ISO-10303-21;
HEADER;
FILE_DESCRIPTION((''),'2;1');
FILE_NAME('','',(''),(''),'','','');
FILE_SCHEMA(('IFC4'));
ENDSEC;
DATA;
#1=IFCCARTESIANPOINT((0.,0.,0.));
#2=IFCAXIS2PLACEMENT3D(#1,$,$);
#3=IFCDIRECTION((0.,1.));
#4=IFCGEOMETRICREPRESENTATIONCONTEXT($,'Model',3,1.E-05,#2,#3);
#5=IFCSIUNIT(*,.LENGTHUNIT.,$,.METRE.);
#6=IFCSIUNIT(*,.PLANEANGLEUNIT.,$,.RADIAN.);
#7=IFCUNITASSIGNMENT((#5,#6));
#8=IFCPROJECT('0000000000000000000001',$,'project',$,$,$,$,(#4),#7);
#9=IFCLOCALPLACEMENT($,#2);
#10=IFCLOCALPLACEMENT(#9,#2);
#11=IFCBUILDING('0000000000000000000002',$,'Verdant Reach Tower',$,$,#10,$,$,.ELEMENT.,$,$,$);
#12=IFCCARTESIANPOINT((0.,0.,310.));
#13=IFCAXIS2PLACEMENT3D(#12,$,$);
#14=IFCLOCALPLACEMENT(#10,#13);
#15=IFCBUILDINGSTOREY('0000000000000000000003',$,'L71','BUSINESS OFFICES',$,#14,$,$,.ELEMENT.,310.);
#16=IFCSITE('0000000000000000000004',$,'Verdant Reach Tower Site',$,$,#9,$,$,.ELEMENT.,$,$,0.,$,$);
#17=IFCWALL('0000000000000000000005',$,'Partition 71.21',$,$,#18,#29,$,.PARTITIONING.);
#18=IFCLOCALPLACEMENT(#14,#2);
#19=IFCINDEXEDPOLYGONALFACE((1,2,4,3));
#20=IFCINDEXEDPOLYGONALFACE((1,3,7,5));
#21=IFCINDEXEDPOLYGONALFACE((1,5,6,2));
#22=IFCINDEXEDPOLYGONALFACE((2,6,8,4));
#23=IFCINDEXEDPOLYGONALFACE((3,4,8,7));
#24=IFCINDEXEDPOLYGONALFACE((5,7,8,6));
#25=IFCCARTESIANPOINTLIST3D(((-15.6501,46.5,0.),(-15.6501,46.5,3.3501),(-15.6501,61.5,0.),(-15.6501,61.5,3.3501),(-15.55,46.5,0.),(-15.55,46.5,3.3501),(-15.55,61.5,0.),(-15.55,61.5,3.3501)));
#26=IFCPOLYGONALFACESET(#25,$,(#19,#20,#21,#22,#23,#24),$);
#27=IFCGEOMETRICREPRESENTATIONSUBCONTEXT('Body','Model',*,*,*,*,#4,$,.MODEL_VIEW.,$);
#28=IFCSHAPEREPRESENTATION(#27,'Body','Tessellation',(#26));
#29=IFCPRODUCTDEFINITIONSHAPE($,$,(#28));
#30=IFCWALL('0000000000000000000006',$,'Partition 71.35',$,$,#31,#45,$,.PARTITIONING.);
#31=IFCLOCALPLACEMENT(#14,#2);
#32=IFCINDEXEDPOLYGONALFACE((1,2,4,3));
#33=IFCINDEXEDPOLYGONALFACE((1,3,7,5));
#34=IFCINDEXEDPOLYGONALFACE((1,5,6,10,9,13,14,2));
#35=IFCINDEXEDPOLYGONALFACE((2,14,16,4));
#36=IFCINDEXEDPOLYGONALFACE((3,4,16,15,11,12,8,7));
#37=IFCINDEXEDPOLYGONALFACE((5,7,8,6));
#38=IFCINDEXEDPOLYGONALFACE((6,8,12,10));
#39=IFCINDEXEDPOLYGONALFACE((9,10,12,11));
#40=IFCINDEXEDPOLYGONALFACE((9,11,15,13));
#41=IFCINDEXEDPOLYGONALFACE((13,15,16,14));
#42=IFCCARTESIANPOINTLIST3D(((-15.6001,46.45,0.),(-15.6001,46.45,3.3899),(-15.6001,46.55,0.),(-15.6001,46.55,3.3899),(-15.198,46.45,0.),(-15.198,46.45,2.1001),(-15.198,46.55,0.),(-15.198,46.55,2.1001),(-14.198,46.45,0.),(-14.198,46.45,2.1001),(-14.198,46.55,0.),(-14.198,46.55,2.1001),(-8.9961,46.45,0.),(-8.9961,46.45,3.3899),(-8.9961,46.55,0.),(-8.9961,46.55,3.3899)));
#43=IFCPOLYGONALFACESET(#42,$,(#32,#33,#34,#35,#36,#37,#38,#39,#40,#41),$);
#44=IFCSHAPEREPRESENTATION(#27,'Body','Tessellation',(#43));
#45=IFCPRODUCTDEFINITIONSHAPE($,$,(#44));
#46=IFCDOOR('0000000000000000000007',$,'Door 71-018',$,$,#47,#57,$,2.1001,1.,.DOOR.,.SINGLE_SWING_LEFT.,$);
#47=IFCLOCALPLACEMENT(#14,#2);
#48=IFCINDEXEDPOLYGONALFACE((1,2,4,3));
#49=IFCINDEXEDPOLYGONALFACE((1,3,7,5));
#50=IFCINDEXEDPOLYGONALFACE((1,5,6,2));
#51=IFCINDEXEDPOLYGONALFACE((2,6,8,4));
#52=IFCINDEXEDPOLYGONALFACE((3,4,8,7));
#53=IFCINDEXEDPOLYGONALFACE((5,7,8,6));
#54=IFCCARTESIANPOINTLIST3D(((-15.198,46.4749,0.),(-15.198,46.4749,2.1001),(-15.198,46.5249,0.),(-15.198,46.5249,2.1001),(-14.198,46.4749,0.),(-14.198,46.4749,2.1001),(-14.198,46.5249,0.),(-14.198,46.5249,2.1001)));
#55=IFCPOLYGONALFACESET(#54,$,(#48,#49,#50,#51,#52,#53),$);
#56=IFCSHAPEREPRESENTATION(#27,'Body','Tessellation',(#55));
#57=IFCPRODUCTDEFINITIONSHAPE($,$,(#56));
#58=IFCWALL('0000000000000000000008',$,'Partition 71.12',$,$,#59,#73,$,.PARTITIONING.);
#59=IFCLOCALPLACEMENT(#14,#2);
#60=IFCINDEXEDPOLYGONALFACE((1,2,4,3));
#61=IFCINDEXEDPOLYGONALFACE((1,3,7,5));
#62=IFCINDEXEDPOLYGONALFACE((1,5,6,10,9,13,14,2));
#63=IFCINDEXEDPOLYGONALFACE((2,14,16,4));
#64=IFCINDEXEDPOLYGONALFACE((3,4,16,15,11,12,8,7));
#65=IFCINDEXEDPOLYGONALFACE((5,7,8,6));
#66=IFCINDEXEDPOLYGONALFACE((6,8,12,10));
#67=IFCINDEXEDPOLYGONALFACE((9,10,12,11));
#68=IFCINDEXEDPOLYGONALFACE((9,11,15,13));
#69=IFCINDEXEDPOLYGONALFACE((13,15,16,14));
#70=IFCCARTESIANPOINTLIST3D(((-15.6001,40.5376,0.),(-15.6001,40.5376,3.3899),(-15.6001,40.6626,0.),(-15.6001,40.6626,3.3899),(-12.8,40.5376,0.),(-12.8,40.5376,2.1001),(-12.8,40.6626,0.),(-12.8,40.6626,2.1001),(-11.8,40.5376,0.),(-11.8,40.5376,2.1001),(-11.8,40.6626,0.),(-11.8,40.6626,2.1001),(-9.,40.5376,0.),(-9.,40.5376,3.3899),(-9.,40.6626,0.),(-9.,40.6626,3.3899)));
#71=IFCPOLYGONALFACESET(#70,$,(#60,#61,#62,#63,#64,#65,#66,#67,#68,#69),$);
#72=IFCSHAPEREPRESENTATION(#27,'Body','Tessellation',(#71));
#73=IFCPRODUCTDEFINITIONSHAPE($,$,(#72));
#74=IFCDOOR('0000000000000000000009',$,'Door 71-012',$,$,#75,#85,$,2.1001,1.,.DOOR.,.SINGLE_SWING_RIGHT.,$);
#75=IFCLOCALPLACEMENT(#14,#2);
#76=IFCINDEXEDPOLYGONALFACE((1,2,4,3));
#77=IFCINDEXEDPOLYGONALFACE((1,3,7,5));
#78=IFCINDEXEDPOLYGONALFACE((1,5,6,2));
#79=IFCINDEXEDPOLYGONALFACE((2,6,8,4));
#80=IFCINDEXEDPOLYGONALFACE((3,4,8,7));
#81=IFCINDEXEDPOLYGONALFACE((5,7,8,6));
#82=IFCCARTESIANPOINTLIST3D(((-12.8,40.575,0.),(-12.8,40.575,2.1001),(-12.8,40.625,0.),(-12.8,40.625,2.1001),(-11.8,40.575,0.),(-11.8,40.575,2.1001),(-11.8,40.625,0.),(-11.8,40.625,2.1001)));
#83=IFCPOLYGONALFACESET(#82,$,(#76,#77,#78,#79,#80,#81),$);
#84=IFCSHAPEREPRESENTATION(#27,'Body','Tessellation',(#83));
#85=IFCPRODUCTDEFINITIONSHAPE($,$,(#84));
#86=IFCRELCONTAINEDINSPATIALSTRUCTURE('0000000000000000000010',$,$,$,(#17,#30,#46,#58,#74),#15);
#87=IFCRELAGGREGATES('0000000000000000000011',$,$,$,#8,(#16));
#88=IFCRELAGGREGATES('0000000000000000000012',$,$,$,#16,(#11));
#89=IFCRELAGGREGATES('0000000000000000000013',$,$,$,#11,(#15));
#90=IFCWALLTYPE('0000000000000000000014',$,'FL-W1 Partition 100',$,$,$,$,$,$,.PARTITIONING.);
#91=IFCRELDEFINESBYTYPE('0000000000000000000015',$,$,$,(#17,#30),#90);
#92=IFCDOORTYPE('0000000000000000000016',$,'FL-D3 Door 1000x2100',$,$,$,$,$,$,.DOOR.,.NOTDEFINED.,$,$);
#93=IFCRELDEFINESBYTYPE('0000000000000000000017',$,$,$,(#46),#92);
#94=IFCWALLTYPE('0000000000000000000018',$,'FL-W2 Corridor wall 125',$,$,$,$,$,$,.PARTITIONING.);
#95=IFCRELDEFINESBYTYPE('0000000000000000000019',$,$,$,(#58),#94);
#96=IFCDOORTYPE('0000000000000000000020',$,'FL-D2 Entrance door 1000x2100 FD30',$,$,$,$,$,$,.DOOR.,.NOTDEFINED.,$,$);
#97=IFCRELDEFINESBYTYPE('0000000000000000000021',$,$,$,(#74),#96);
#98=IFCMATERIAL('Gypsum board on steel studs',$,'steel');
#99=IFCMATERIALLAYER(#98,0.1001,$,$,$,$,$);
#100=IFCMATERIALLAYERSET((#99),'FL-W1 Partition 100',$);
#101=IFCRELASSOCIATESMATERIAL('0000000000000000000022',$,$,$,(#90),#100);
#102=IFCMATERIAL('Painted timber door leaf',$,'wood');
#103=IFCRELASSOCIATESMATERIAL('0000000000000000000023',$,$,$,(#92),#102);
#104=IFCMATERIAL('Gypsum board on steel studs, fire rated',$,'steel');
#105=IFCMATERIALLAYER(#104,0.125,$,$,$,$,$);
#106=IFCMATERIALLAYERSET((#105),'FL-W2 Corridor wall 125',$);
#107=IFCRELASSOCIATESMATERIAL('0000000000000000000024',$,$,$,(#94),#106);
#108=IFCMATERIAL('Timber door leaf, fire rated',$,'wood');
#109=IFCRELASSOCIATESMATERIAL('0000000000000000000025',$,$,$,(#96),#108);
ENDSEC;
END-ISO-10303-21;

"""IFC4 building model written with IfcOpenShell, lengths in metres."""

from ifc_helpers import new_model, si_unit, direction, frame, frame_2d, origin, place, context, subcontext, project, spatial, rectangle, extrude, material, layer, layer_set, type_object, element, fill, save


model = new_model("IFC4")

# Units and contexts
model_context = context("Model", 3, precision=1e-05, world=origin(), true_north=direction((0.0, 1.0)))
body_context = subcontext(model_context, "Body", "Model", "MODEL_VIEW")
ifc_project = project(units=[si_unit("LENGTHUNIT", "METRE"), si_unit("PLANEANGLEUNIT", "RADIAN")], contexts=[model_context])

# Site, building, storey
site_placement = place(None, origin())
site = spatial("IfcSite", under=ifc_project, at=site_placement, Name="Verdant Reach Tower Site", CompositionType="ELEMENT", RefElevation=0.0)
building_placement = place(site_placement, origin())
building = spatial("IfcBuilding", under=site, at=building_placement, Name="Verdant Reach Tower", CompositionType="ELEMENT")
storey_placement = place(building_placement, frame((0.0, 0.0, 310.0)))
storey = spatial("IfcBuildingStorey", under=building, at=storey_placement, Name="L71", Description="BUSINESS OFFICES", CompositionType="ELEMENT", Elevation=310.0)

# Wall
ifc_material_1 = material(Name="Gypsum board on steel studs", Category="steel")
ifc_layer_1 = layer(ifc_material_1, 0.1001)
ifc_layer_set_1 = layer_set([ifc_layer_1], Name="FL-W1 Partition 100")
wall_type_1 = type_object("IfcWallType", Name="FL-W1 Partition 100", PredefinedType="PARTITIONING", material=ifc_layer_set_1)
wall_1_placement = place(storey_placement, frame((-15.6001, 46.5, 0.0), z_axis=(0.0, 0.0, 1.0), x_axis=(0.0, 1.0, 0.0)))
element("IfcWall", 1, at=wall_1_placement, inside=storey, type_object=wall_type_1, Name="Partition 71.21", PredefinedType="PARTITIONING", context=body_context, shape_type="SweptSolid", body=[
    extrude(rectangle(XDim=15.0, YDim=0.1001, at=frame_2d((7.5, 0.0))), origin(), (0.0, 0.0, 1.0), 3.3501),
])

# Walls, openings, doors
wall_2_placement = place(storey_placement, frame((-15.6001, 46.5, 0.0), z_axis=(0.0, 0.0, 1.0), x_axis=(1.0, 0.0, 0.0)))
wall_2 = element("IfcWall", 2, at=wall_2_placement, inside=storey, type_object=wall_type_1, Name="Partition 71.35", PredefinedType="PARTITIONING", context=body_context, shape_type="SweptSolid", body=[
    extrude(rectangle(XDim=6.604, YDim=0.1001, at=frame_2d((3.302, 0.0))), origin(), (0.0, 0.0, 1.0), 3.3899),
])
opening_1_placement = place(wall_2_placement, frame((0.4021, 0.0, 0.0)))
opening_1 = element("IfcOpeningElement", 3, at=opening_1_placement, cuts=wall_2, PredefinedType="OPENING", context=body_context, shape_type="SweptSolid", body=[
    extrude(rectangle(XDim=1.0, YDim=2.1001, at=frame_2d((0.5, 1.05))), frame((0.0, 0.0601, 0.0), z_axis=(0.0, -1.0, 0.0), x_axis=(1.0, 0.0, 0.0)), (0.0, 0.0, 1.0), 0.1201),
])
ifc_material_2 = material(Name="Painted timber door leaf", Category="wood")
door_type_1 = type_object("IfcDoorType", Name="FL-D3 Door 1000x2100", OperationType="NOTDEFINED", PredefinedType="DOOR", material=ifc_material_2)
door_1_placement = place(opening_1_placement, origin())
door_1 = element("IfcDoor", 4, at=door_1_placement, inside=storey, type_object=door_type_1, Name="Door 71-018", OperationType="SINGLE_SWING_LEFT", OverallHeight=2.1001, OverallWidth=1.0, PredefinedType="DOOR", context=body_context, shape_type="SweptSolid", body=[
    extrude(rectangle(XDim=1.0, YDim=2.1001, at=frame_2d((0.5, 1.05))), frame((0.0, 0.0249, 0.0), z_axis=(0.0, -1.0, 0.0), x_axis=(1.0, 0.0, 0.0)), (0.0, 0.0, 1.0), 0.05),
])
fill(opening_1, door_1)
ifc_material_3 = material(Name="Gypsum board on steel studs, fire rated", Category="steel")
ifc_layer_2 = layer(ifc_material_3, 0.125)
ifc_layer_set_2 = layer_set([ifc_layer_2], Name="FL-W2 Corridor wall 125")
wall_type_2 = type_object("IfcWallType", Name="FL-W2 Corridor wall 125", PredefinedType="PARTITIONING", material=ifc_layer_set_2)
wall_3_placement = place(storey_placement, frame((-15.6001, 40.6001, 0.0), z_axis=(0.0, 0.0, 1.0), x_axis=(1.0, 0.0, 0.0)))
wall_3 = element("IfcWall", 5, at=wall_3_placement, inside=storey, type_object=wall_type_2, Name="Partition 71.12", PredefinedType="PARTITIONING", context=body_context, shape_type="SweptSolid", body=[
    extrude(rectangle(XDim=6.6001, YDim=0.125, at=frame_2d((3.3, 0.0))), origin(), (0.0, 0.0, 1.0), 3.3899),
])
opening_2_placement = place(wall_3_placement, frame((2.8, 0.0, 0.0)))
opening_2 = element("IfcOpeningElement", 6, at=opening_2_placement, cuts=wall_3, PredefinedType="OPENING", context=body_context, shape_type="SweptSolid", body=[
    extrude(rectangle(XDim=1.0, YDim=2.1001, at=frame_2d((0.5, 1.05))), frame((0.0, 0.0725, 0.0), z_axis=(0.0, -1.0, 0.0), x_axis=(1.0, 0.0, 0.0)), (0.0, 0.0, 1.0), 0.145),
])
ifc_material_4 = material(Name="Timber door leaf, fire rated", Category="wood")
door_type_2 = type_object("IfcDoorType", Name="FL-D2 Entrance door 1000x2100 FD30", OperationType="NOTDEFINED", PredefinedType="DOOR", material=ifc_material_4)
door_2_placement = place(opening_2_placement, origin())
door_2 = element("IfcDoor", 7, at=door_2_placement, inside=storey, type_object=door_type_2, Name="Door 71-012", OperationType="SINGLE_SWING_RIGHT", OverallHeight=2.1001, OverallWidth=1.0, PredefinedType="DOOR", context=body_context, shape_type="SweptSolid", body=[
    extrude(rectangle(XDim=1.0, YDim=2.1001, at=frame_2d((0.5, 1.05))), frame((0.0, 0.0249, 0.0), z_axis=(0.0, -1.0, 0.0), x_axis=(1.0, 0.0, 0.0)), (0.0, 0.0, 1.0), 0.05),
])
fill(opening_2, door_2)

save(model, "model.ifc")
